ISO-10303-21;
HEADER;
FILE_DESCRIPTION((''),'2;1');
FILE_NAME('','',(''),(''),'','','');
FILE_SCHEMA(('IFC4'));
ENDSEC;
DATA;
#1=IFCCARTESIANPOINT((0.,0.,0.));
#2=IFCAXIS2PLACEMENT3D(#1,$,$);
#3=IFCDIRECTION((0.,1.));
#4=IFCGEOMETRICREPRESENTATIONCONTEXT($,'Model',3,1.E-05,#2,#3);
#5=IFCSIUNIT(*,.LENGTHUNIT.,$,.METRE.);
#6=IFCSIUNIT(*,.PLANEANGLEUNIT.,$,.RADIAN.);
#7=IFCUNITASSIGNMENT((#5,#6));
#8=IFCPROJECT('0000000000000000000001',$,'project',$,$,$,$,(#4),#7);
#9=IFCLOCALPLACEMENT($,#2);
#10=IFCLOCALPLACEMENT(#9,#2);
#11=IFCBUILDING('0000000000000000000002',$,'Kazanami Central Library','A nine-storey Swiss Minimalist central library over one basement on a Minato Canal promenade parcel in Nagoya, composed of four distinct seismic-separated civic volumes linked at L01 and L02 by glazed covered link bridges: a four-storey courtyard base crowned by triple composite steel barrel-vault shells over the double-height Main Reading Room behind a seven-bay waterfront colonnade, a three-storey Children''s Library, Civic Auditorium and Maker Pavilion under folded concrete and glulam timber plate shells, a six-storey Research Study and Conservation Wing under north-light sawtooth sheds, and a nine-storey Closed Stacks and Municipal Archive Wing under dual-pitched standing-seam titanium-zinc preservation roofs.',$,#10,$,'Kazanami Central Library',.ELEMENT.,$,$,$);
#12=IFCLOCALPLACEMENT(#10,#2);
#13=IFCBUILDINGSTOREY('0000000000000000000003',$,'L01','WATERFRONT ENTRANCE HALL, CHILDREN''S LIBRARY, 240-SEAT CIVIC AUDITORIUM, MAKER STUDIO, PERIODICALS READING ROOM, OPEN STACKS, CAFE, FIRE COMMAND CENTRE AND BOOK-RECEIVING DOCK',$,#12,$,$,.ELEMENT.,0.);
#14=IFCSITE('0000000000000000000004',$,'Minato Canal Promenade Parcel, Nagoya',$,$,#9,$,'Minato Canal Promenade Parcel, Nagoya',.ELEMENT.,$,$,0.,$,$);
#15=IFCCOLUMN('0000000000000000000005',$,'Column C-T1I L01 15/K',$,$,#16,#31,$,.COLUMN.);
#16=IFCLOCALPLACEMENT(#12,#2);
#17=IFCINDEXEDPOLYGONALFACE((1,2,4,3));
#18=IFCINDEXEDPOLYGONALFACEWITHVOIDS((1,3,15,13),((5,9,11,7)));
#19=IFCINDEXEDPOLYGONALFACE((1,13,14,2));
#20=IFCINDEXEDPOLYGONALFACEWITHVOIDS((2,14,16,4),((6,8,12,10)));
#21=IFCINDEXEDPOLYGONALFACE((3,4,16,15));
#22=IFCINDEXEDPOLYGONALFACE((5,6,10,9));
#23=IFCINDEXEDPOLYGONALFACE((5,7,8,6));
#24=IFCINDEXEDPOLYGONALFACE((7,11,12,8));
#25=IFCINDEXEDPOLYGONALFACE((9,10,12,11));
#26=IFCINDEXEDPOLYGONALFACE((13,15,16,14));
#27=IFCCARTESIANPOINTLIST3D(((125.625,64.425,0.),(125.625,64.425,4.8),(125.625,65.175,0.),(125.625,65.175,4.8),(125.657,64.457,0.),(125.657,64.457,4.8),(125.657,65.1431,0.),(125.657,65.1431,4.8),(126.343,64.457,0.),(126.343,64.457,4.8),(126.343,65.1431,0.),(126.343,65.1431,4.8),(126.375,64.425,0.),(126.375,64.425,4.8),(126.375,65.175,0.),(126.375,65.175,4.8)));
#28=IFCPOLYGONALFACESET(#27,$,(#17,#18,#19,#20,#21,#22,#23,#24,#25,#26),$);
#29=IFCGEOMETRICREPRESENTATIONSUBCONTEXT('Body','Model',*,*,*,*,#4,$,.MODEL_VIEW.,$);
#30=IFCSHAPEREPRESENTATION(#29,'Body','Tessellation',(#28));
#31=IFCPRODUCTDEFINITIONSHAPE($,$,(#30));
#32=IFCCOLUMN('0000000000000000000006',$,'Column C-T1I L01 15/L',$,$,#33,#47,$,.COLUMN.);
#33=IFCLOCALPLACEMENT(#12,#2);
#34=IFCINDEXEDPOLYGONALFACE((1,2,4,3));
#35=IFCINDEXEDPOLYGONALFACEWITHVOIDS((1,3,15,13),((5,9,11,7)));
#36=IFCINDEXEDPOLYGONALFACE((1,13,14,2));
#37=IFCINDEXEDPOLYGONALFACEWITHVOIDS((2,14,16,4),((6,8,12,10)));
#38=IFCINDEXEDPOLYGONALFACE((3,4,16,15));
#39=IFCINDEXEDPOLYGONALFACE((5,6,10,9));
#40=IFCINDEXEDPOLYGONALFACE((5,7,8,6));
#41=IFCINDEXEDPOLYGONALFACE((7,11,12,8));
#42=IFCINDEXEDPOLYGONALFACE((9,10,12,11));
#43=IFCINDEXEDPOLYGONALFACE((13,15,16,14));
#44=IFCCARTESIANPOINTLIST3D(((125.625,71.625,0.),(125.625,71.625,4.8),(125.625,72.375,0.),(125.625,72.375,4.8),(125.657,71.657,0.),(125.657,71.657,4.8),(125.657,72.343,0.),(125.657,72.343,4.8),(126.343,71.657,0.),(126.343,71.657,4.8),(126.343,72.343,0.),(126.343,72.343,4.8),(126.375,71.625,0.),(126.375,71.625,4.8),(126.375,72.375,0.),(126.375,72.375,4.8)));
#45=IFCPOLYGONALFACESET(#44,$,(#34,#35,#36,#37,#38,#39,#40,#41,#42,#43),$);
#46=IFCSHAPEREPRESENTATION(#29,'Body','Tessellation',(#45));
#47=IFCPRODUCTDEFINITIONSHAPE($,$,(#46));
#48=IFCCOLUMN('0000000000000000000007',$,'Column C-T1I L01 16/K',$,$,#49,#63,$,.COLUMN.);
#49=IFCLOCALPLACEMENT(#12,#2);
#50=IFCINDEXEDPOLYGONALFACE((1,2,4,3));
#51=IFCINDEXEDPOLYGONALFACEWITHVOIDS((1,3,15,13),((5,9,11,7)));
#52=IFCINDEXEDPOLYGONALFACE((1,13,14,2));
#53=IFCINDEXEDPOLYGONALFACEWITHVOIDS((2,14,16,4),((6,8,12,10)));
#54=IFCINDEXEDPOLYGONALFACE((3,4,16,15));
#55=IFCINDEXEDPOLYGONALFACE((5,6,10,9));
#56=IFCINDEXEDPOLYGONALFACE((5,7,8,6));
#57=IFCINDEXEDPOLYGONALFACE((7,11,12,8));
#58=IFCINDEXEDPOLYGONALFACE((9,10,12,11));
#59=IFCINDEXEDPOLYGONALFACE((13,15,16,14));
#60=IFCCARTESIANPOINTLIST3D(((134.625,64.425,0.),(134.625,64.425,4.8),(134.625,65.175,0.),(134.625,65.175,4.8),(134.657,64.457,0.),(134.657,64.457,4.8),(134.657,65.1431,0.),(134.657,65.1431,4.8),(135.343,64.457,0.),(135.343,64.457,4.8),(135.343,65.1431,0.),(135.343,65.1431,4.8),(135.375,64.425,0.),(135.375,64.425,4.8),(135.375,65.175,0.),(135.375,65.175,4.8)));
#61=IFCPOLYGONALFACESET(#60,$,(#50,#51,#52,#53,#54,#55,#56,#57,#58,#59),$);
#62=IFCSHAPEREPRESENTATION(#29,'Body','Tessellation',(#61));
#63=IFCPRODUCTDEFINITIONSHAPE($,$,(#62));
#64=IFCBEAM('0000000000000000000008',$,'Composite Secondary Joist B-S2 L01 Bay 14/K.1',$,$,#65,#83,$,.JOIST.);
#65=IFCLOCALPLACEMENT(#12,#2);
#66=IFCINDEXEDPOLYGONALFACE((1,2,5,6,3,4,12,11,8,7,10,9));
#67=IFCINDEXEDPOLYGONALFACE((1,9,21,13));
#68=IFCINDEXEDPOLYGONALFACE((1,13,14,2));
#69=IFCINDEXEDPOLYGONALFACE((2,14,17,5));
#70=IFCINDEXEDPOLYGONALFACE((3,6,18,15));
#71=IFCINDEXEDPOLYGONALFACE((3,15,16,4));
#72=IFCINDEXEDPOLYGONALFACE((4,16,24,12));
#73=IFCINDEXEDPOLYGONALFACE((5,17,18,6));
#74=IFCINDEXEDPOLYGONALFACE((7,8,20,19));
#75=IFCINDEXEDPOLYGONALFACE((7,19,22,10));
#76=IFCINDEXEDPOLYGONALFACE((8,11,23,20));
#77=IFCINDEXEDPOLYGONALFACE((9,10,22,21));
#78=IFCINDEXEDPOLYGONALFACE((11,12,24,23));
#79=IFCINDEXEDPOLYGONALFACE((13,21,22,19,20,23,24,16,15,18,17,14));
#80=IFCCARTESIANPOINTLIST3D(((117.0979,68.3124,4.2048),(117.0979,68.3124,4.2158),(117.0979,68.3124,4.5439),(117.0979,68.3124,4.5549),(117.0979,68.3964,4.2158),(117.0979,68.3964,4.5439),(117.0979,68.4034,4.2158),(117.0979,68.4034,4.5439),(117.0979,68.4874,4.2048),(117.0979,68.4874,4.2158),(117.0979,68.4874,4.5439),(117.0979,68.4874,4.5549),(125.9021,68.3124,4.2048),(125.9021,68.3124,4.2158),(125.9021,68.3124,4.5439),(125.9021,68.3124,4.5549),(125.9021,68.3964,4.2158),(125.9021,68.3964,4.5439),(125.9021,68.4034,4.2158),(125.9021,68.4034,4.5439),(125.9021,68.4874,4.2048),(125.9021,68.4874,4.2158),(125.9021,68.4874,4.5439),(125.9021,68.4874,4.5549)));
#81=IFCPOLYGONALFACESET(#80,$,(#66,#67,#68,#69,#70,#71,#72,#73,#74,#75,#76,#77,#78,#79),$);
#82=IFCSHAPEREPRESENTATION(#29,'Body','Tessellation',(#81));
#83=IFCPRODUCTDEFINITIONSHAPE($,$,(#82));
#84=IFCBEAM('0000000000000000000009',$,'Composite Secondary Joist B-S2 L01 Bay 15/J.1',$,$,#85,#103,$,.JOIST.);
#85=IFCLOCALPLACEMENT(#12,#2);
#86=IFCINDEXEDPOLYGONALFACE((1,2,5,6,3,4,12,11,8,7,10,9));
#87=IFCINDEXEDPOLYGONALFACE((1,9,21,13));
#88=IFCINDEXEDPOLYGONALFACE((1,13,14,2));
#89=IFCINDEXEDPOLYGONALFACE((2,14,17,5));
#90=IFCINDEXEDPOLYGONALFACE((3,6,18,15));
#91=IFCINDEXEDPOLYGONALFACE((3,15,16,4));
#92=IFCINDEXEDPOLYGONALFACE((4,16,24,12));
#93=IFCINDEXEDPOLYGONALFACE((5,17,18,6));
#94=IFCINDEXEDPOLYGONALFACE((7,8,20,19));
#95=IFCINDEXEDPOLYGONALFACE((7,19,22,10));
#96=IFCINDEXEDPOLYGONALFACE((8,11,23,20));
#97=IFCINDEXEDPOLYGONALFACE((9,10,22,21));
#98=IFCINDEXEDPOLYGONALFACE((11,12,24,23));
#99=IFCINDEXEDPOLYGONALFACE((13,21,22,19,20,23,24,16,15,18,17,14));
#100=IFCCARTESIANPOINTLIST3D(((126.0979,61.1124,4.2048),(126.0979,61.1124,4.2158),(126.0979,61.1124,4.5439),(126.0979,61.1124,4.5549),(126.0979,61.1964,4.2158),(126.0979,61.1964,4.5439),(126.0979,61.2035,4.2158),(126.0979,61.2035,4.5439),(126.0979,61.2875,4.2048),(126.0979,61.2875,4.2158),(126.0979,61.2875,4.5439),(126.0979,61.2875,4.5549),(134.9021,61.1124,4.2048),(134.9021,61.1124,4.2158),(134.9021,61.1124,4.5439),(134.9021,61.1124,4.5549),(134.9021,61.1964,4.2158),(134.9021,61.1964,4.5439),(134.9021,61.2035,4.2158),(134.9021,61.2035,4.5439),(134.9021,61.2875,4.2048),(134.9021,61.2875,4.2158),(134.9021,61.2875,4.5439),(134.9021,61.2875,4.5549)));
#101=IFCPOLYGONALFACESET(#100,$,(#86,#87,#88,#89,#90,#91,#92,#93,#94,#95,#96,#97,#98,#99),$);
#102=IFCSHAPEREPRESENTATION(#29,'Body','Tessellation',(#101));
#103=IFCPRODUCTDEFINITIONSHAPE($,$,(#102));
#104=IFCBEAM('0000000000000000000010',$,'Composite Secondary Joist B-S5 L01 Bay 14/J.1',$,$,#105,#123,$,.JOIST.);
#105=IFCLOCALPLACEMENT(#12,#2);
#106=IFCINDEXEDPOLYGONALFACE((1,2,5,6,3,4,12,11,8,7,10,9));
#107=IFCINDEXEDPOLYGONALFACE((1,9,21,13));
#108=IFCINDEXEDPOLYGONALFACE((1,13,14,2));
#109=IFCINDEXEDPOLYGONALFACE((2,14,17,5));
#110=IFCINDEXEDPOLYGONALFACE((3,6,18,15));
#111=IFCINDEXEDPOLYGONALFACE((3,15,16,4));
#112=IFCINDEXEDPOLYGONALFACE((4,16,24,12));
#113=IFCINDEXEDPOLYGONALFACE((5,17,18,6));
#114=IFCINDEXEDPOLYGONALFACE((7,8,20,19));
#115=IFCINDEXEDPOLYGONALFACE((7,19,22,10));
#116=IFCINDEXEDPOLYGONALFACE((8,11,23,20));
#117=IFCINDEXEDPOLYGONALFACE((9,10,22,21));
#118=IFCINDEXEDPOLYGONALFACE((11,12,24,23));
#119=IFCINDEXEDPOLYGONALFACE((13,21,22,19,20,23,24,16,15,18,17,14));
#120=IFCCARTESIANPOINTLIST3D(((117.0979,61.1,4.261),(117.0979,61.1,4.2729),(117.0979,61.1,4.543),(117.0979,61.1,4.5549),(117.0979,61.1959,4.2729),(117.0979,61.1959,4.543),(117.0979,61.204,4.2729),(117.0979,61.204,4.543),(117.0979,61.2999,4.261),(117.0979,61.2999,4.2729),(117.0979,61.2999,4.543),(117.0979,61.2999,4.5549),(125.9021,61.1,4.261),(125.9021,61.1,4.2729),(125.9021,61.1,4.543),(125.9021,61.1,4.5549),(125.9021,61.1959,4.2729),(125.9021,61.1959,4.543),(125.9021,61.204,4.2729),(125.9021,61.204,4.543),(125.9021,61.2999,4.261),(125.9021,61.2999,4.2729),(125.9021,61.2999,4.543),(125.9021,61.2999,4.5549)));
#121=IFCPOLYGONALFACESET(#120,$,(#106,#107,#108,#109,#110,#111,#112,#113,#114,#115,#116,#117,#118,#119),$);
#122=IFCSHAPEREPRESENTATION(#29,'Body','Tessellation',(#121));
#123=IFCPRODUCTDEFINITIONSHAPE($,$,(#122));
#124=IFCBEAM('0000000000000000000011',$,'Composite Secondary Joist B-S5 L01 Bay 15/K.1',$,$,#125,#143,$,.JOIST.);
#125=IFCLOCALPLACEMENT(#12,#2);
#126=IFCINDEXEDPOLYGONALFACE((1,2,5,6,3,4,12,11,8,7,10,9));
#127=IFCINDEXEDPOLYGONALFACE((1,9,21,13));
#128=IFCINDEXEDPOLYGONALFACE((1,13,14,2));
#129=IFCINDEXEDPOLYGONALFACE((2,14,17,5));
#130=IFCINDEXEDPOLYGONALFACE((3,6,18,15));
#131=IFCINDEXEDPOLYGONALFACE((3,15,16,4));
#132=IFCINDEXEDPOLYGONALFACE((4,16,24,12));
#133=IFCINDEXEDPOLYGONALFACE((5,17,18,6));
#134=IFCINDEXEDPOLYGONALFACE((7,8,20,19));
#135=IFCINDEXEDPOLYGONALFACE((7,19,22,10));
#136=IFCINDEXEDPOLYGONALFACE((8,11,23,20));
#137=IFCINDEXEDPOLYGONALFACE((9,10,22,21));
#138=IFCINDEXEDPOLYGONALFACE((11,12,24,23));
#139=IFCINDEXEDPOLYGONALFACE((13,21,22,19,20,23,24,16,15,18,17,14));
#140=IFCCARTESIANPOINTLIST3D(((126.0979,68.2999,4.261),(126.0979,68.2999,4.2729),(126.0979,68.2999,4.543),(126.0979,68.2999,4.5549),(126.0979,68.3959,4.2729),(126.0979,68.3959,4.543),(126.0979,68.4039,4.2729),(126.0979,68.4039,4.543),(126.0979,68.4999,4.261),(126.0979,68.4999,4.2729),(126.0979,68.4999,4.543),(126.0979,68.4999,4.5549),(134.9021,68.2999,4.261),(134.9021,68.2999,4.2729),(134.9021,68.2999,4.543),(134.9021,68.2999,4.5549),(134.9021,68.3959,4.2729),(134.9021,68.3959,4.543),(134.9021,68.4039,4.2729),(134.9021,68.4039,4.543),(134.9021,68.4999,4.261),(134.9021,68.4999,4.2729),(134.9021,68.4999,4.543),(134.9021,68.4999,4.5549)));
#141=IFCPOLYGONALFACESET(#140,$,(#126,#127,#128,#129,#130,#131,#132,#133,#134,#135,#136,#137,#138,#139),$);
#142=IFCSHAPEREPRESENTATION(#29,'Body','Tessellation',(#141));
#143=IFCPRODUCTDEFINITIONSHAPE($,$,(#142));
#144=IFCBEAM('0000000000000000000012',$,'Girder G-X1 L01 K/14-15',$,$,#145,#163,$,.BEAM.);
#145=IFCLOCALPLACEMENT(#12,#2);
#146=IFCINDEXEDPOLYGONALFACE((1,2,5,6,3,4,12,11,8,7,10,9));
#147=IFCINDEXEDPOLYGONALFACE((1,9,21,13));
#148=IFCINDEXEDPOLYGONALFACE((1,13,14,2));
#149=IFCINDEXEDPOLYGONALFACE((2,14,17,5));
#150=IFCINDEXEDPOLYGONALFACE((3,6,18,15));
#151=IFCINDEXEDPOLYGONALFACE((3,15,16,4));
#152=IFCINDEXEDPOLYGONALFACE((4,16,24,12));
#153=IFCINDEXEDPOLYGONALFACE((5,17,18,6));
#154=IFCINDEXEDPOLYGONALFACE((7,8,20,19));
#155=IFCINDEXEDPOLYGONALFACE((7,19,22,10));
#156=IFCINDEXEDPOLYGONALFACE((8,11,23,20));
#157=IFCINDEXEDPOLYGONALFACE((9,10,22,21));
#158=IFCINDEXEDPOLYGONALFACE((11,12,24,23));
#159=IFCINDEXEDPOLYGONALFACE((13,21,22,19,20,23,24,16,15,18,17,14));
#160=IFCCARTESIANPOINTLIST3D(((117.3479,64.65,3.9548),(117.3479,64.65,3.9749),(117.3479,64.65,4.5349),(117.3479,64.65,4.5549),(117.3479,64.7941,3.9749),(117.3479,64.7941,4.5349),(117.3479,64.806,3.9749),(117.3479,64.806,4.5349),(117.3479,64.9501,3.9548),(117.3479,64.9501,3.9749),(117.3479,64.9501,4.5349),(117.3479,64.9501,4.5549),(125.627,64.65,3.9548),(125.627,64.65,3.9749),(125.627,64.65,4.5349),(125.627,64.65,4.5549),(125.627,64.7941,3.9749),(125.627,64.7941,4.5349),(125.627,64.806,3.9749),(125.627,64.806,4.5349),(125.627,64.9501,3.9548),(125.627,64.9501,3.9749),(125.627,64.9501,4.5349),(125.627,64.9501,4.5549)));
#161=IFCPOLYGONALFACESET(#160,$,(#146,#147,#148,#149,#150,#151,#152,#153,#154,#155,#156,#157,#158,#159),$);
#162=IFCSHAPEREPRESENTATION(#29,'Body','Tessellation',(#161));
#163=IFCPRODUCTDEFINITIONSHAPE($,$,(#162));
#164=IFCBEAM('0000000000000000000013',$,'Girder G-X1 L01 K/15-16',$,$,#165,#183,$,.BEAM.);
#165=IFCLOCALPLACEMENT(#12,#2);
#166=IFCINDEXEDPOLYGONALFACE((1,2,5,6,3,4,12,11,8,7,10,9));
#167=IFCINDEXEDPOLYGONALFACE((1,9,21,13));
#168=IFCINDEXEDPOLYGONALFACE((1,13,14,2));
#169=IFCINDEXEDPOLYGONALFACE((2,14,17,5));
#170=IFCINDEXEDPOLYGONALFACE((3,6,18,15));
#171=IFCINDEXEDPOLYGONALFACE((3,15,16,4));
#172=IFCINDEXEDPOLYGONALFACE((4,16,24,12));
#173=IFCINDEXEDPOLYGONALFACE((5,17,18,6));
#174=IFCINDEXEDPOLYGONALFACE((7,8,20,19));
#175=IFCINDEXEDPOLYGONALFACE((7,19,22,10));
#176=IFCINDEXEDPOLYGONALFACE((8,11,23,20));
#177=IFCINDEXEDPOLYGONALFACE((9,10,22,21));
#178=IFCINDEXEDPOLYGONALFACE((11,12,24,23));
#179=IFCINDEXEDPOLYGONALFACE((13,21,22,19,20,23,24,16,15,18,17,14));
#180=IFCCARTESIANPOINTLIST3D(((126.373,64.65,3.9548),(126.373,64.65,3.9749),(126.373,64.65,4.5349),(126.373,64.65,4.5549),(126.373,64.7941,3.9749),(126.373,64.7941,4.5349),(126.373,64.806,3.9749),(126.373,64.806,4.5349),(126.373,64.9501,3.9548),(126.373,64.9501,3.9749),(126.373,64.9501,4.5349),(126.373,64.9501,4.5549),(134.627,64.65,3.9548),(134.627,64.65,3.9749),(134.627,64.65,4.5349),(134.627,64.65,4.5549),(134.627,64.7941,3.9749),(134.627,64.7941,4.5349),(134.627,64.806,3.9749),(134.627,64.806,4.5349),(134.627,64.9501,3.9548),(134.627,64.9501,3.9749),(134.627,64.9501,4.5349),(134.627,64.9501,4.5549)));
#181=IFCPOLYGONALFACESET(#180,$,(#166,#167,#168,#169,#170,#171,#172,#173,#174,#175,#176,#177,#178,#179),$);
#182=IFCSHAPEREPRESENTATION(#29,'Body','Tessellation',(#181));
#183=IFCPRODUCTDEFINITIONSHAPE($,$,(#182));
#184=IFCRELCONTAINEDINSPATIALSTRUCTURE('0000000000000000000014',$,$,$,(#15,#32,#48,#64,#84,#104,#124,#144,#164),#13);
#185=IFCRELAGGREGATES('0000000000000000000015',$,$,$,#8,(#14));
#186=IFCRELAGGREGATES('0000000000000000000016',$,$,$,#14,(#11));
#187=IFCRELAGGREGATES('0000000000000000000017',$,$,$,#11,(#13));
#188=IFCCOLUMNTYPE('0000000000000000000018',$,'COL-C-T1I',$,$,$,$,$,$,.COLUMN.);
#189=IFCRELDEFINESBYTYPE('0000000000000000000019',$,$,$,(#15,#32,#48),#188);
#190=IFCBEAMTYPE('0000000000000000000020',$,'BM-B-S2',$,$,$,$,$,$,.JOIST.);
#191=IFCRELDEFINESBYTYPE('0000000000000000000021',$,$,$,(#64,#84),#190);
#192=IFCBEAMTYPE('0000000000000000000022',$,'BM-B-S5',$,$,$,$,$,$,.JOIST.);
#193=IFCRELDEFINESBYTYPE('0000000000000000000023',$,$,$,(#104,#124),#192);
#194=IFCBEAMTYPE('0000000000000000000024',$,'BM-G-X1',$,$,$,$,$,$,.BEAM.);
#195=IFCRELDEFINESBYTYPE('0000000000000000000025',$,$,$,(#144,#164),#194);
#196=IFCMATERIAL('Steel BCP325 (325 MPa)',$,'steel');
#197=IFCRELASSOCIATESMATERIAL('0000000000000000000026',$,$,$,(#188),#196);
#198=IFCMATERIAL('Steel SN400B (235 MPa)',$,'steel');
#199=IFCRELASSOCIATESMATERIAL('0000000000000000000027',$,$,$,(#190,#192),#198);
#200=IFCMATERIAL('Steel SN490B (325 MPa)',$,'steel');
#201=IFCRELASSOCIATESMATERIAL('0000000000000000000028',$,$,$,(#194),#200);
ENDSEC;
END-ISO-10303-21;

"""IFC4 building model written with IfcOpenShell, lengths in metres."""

from ifc_helpers import new_model, si_unit, direction, frame, origin, origin_2d, place, context, subcontext, project, spatial, hollow_rectangle, i_section, extrude, material, material_profile, profile_set, type_object, element, save


model = new_model("IFC4")

# Units and contexts
model_context = context("Model", 3, precision=1e-05, world=origin(), true_north=direction((0.0, 1.0)))
body_context = subcontext(model_context, "Body", "Model", "MODEL_VIEW")
ifc_project = project(units=[si_unit("LENGTHUNIT", "METRE"), si_unit("PLANEANGLEUNIT", "RADIAN")], contexts=[model_context])

# Site, building, storey
site_placement = place(None, origin())
site = spatial("IfcSite", under=ifc_project, at=site_placement, Name="Minato Canal Promenade Parcel, Nagoya", LongName="Minato Canal Promenade Parcel, Nagoya", CompositionType="ELEMENT", RefElevation=0.0)
building_placement = place(site_placement, origin())
building = spatial("IfcBuilding", under=site, at=building_placement, Name="Kazanami Central Library", Description="A nine-storey Swiss Minimalist central library over one basement on a Minato Canal promenade parcel in Nagoya, composed of four distinct seismic-separated civic volumes linked at L01 and L02 by glazed covered link bridges: a four-storey courtyard base crowned by triple composite steel barrel-vault shells over the double-height Main Reading Room behind a seven-bay waterfront colonnade, a three-storey Children's Library, Civic Auditorium and Maker Pavilion under folded concrete and glulam timber plate shells, a six-storey Research Study and Conservation Wing under north-light sawtooth sheds, and a nine-storey Closed Stacks and Municipal Archive Wing under dual-pitched standing-seam titanium-zinc preservation roofs.", LongName="Kazanami Central Library", CompositionType="ELEMENT")
storey_placement = place(building_placement, origin())
storey = spatial("IfcBuildingStorey", under=building, at=storey_placement, Name="L01", Description="WATERFRONT ENTRANCE HALL, CHILDREN'S LIBRARY, 240-SEAT CIVIC AUDITORIUM, MAKER STUDIO, PERIODICALS READING ROOM, OPEN STACKS, CAFE, FIRE COMMAND CENTRE AND BOOK-RECEIVING DOCK", CompositionType="ELEMENT", Elevation=0.0)

# Columns
ifc_material_1 = material(Name="Steel BCP325 (325 MPa)", Category="steel")
ifc_material_profile_1 = material_profile(ifc_material_1, hollow_rectangle(XDim=0.75, YDim=0.75, WallThickness=0.032, at=origin_2d()), Name="BCP-750x750x32")
ifc_profile_set_1 = profile_set([ifc_material_profile_1], Name="Steel BCP325 (325 MPa)")
column_type = type_object("IfcColumnType", Name="COL-C-T1I", PredefinedType="COLUMN", material=ifc_profile_set_1)
for number, where, z_axis, x_axis, name in (
    (1, (126.0, 64.8, 0.0), (0.0, 0.0, 1.0), (1.0, 0.0, 0.0), "Column C-T1I L01 15/K"),
    (2, (126.0, 72.0, 0.0), (0.0, 0.0, 1.0), (1.0, 0.0, 0.0), "Column C-T1I L01 15/L"),
    (3, (135.0, 64.8, 0.0), (0.0, 0.0, 1.0), (1.0, 0.0, 0.0), "Column C-T1I L01 16/K"),
):
    element("IfcColumn", number, at=place(storey_placement, frame(where, z_axis=z_axis, x_axis=x_axis)), inside=storey, type_object=column_type, Name=name, PredefinedType="COLUMN", context=body_context, shape_type="SweptSolid", body=[
        extrude(hollow_rectangle(XDim=0.75, YDim=0.75, WallThickness=0.032, at=origin_2d()), origin(), (0.0, 0.0, 1.0), 4.8),
    ])

# Beams
ifc_material_2 = material(Name="Steel SN400B (235 MPa)", Category="steel")
ifc_material_profile_2 = material_profile(ifc_material_2, i_section(OverallWidth=0.175, OverallDepth=0.3501, WebThickness=0.0071, FlangeThickness=0.011, at=origin_2d()), Name="H-350x175x7x11")
ifc_profile_set_2 = profile_set([ifc_material_profile_2], Name="Steel SN400B (235 MPa)")
beam_type_1 = type_object("IfcBeamType", Name="BM-B-S2", PredefinedType="JOIST", material=ifc_profile_set_2)
for number, where, z_axis, x_axis, name in (
    (4, (117.0979, 68.3999, 4.3799), (1.0, 0.0, 0.0), (0.0, 1.0, 0.0), "Composite Secondary Joist B-S2 L01 Bay 14/K.1"),
    (5, (126.0979, 61.2, 4.3799), (1.0, 0.0, 0.0), (0.0, 1.0, 0.0), "Composite Secondary Joist B-S2 L01 Bay 15/J.1"),
):
    element("IfcBeam", number, at=place(storey_placement, frame(where, z_axis=z_axis, x_axis=x_axis)), inside=storey, type_object=beam_type_1, Name=name, PredefinedType="JOIST", context=body_context, shape_type="SweptSolid", body=[
        extrude(i_section(OverallWidth=0.175, OverallDepth=0.3501, WebThickness=0.0071, FlangeThickness=0.011, at=origin_2d()), origin(), (0.0, 0.0, 1.0), 8.8042),
    ])
ifc_material_profile_3 = material_profile(ifc_material_2, i_section(OverallWidth=0.2, OverallDepth=0.2939, WebThickness=0.0081, FlangeThickness=0.012, at=origin_2d()), Name="H-294x200x8x12")
ifc_profile_set_3 = profile_set([ifc_material_profile_3], Name="Steel SN400B (235 MPa)")
beam_type_2 = type_object("IfcBeamType", Name="BM-B-S5", PredefinedType="JOIST", material=ifc_profile_set_3)
for number, where, z_axis, x_axis, name in (
    (6, (117.0979, 61.2, 4.408), (1.0, 0.0, 0.0), (0.0, 1.0, 0.0), "Composite Secondary Joist B-S5 L01 Bay 14/J.1"),
    (7, (126.0979, 68.3999, 4.408), (1.0, 0.0, 0.0), (0.0, 1.0, 0.0), "Composite Secondary Joist B-S5 L01 Bay 15/K.1"),
):
    element("IfcBeam", number, at=place(storey_placement, frame(where, z_axis=z_axis, x_axis=x_axis)), inside=storey, type_object=beam_type_2, Name=name, PredefinedType="JOIST", context=body_context, shape_type="SweptSolid", body=[
        extrude(i_section(OverallWidth=0.2, OverallDepth=0.2939, WebThickness=0.0081, FlangeThickness=0.012, at=origin_2d()), origin(), (0.0, 0.0, 1.0), 8.8042),
    ])
ifc_material_3 = material(Name="Steel SN490B (325 MPa)", Category="steel")
ifc_material_profile_4 = material_profile(ifc_material_3, i_section(OverallWidth=0.3, OverallDepth=0.6001, WebThickness=0.012, FlangeThickness=0.02, at=origin_2d()), Name="H-600x300x12x20")
ifc_profile_set_4 = profile_set([ifc_material_profile_4], Name="Steel SN490B (325 MPa)")
beam_type_3 = type_object("IfcBeamType", Name="BM-G-X1", PredefinedType="BEAM", material=ifc_profile_set_4)
beam_1_placement = place(storey_placement, frame((117.3479, 64.8, 4.2549), z_axis=(1.0, 0.0, 0.0), x_axis=(0.0, 1.0, 0.0)))
element("IfcBeam", 8, at=beam_1_placement, inside=storey, type_object=beam_type_3, Name="Girder G-X1 L01 K/14-15", PredefinedType="BEAM", context=body_context, shape_type="SweptSolid", body=[
    extrude(i_section(OverallWidth=0.3, OverallDepth=0.6001, WebThickness=0.012, FlangeThickness=0.02, at=origin_2d()), origin(), (0.0, 0.0, 1.0), 8.2791),
])
beam_2_placement = place(storey_placement, frame((126.373, 64.8, 4.2549), z_axis=(1.0, 0.0, 0.0), x_axis=(0.0, 1.0, 0.0)))
element("IfcBeam", 9, at=beam_2_placement, inside=storey, type_object=beam_type_3, Name="Girder G-X1 L01 K/15-16", PredefinedType="BEAM", context=body_context, shape_type="SweptSolid", body=[
    extrude(i_section(OverallWidth=0.3, OverallDepth=0.6001, WebThickness=0.012, FlangeThickness=0.02, at=origin_2d()), origin(), (0.0, 0.0, 1.0), 8.2539),
])

save(model, "model.ifc")
